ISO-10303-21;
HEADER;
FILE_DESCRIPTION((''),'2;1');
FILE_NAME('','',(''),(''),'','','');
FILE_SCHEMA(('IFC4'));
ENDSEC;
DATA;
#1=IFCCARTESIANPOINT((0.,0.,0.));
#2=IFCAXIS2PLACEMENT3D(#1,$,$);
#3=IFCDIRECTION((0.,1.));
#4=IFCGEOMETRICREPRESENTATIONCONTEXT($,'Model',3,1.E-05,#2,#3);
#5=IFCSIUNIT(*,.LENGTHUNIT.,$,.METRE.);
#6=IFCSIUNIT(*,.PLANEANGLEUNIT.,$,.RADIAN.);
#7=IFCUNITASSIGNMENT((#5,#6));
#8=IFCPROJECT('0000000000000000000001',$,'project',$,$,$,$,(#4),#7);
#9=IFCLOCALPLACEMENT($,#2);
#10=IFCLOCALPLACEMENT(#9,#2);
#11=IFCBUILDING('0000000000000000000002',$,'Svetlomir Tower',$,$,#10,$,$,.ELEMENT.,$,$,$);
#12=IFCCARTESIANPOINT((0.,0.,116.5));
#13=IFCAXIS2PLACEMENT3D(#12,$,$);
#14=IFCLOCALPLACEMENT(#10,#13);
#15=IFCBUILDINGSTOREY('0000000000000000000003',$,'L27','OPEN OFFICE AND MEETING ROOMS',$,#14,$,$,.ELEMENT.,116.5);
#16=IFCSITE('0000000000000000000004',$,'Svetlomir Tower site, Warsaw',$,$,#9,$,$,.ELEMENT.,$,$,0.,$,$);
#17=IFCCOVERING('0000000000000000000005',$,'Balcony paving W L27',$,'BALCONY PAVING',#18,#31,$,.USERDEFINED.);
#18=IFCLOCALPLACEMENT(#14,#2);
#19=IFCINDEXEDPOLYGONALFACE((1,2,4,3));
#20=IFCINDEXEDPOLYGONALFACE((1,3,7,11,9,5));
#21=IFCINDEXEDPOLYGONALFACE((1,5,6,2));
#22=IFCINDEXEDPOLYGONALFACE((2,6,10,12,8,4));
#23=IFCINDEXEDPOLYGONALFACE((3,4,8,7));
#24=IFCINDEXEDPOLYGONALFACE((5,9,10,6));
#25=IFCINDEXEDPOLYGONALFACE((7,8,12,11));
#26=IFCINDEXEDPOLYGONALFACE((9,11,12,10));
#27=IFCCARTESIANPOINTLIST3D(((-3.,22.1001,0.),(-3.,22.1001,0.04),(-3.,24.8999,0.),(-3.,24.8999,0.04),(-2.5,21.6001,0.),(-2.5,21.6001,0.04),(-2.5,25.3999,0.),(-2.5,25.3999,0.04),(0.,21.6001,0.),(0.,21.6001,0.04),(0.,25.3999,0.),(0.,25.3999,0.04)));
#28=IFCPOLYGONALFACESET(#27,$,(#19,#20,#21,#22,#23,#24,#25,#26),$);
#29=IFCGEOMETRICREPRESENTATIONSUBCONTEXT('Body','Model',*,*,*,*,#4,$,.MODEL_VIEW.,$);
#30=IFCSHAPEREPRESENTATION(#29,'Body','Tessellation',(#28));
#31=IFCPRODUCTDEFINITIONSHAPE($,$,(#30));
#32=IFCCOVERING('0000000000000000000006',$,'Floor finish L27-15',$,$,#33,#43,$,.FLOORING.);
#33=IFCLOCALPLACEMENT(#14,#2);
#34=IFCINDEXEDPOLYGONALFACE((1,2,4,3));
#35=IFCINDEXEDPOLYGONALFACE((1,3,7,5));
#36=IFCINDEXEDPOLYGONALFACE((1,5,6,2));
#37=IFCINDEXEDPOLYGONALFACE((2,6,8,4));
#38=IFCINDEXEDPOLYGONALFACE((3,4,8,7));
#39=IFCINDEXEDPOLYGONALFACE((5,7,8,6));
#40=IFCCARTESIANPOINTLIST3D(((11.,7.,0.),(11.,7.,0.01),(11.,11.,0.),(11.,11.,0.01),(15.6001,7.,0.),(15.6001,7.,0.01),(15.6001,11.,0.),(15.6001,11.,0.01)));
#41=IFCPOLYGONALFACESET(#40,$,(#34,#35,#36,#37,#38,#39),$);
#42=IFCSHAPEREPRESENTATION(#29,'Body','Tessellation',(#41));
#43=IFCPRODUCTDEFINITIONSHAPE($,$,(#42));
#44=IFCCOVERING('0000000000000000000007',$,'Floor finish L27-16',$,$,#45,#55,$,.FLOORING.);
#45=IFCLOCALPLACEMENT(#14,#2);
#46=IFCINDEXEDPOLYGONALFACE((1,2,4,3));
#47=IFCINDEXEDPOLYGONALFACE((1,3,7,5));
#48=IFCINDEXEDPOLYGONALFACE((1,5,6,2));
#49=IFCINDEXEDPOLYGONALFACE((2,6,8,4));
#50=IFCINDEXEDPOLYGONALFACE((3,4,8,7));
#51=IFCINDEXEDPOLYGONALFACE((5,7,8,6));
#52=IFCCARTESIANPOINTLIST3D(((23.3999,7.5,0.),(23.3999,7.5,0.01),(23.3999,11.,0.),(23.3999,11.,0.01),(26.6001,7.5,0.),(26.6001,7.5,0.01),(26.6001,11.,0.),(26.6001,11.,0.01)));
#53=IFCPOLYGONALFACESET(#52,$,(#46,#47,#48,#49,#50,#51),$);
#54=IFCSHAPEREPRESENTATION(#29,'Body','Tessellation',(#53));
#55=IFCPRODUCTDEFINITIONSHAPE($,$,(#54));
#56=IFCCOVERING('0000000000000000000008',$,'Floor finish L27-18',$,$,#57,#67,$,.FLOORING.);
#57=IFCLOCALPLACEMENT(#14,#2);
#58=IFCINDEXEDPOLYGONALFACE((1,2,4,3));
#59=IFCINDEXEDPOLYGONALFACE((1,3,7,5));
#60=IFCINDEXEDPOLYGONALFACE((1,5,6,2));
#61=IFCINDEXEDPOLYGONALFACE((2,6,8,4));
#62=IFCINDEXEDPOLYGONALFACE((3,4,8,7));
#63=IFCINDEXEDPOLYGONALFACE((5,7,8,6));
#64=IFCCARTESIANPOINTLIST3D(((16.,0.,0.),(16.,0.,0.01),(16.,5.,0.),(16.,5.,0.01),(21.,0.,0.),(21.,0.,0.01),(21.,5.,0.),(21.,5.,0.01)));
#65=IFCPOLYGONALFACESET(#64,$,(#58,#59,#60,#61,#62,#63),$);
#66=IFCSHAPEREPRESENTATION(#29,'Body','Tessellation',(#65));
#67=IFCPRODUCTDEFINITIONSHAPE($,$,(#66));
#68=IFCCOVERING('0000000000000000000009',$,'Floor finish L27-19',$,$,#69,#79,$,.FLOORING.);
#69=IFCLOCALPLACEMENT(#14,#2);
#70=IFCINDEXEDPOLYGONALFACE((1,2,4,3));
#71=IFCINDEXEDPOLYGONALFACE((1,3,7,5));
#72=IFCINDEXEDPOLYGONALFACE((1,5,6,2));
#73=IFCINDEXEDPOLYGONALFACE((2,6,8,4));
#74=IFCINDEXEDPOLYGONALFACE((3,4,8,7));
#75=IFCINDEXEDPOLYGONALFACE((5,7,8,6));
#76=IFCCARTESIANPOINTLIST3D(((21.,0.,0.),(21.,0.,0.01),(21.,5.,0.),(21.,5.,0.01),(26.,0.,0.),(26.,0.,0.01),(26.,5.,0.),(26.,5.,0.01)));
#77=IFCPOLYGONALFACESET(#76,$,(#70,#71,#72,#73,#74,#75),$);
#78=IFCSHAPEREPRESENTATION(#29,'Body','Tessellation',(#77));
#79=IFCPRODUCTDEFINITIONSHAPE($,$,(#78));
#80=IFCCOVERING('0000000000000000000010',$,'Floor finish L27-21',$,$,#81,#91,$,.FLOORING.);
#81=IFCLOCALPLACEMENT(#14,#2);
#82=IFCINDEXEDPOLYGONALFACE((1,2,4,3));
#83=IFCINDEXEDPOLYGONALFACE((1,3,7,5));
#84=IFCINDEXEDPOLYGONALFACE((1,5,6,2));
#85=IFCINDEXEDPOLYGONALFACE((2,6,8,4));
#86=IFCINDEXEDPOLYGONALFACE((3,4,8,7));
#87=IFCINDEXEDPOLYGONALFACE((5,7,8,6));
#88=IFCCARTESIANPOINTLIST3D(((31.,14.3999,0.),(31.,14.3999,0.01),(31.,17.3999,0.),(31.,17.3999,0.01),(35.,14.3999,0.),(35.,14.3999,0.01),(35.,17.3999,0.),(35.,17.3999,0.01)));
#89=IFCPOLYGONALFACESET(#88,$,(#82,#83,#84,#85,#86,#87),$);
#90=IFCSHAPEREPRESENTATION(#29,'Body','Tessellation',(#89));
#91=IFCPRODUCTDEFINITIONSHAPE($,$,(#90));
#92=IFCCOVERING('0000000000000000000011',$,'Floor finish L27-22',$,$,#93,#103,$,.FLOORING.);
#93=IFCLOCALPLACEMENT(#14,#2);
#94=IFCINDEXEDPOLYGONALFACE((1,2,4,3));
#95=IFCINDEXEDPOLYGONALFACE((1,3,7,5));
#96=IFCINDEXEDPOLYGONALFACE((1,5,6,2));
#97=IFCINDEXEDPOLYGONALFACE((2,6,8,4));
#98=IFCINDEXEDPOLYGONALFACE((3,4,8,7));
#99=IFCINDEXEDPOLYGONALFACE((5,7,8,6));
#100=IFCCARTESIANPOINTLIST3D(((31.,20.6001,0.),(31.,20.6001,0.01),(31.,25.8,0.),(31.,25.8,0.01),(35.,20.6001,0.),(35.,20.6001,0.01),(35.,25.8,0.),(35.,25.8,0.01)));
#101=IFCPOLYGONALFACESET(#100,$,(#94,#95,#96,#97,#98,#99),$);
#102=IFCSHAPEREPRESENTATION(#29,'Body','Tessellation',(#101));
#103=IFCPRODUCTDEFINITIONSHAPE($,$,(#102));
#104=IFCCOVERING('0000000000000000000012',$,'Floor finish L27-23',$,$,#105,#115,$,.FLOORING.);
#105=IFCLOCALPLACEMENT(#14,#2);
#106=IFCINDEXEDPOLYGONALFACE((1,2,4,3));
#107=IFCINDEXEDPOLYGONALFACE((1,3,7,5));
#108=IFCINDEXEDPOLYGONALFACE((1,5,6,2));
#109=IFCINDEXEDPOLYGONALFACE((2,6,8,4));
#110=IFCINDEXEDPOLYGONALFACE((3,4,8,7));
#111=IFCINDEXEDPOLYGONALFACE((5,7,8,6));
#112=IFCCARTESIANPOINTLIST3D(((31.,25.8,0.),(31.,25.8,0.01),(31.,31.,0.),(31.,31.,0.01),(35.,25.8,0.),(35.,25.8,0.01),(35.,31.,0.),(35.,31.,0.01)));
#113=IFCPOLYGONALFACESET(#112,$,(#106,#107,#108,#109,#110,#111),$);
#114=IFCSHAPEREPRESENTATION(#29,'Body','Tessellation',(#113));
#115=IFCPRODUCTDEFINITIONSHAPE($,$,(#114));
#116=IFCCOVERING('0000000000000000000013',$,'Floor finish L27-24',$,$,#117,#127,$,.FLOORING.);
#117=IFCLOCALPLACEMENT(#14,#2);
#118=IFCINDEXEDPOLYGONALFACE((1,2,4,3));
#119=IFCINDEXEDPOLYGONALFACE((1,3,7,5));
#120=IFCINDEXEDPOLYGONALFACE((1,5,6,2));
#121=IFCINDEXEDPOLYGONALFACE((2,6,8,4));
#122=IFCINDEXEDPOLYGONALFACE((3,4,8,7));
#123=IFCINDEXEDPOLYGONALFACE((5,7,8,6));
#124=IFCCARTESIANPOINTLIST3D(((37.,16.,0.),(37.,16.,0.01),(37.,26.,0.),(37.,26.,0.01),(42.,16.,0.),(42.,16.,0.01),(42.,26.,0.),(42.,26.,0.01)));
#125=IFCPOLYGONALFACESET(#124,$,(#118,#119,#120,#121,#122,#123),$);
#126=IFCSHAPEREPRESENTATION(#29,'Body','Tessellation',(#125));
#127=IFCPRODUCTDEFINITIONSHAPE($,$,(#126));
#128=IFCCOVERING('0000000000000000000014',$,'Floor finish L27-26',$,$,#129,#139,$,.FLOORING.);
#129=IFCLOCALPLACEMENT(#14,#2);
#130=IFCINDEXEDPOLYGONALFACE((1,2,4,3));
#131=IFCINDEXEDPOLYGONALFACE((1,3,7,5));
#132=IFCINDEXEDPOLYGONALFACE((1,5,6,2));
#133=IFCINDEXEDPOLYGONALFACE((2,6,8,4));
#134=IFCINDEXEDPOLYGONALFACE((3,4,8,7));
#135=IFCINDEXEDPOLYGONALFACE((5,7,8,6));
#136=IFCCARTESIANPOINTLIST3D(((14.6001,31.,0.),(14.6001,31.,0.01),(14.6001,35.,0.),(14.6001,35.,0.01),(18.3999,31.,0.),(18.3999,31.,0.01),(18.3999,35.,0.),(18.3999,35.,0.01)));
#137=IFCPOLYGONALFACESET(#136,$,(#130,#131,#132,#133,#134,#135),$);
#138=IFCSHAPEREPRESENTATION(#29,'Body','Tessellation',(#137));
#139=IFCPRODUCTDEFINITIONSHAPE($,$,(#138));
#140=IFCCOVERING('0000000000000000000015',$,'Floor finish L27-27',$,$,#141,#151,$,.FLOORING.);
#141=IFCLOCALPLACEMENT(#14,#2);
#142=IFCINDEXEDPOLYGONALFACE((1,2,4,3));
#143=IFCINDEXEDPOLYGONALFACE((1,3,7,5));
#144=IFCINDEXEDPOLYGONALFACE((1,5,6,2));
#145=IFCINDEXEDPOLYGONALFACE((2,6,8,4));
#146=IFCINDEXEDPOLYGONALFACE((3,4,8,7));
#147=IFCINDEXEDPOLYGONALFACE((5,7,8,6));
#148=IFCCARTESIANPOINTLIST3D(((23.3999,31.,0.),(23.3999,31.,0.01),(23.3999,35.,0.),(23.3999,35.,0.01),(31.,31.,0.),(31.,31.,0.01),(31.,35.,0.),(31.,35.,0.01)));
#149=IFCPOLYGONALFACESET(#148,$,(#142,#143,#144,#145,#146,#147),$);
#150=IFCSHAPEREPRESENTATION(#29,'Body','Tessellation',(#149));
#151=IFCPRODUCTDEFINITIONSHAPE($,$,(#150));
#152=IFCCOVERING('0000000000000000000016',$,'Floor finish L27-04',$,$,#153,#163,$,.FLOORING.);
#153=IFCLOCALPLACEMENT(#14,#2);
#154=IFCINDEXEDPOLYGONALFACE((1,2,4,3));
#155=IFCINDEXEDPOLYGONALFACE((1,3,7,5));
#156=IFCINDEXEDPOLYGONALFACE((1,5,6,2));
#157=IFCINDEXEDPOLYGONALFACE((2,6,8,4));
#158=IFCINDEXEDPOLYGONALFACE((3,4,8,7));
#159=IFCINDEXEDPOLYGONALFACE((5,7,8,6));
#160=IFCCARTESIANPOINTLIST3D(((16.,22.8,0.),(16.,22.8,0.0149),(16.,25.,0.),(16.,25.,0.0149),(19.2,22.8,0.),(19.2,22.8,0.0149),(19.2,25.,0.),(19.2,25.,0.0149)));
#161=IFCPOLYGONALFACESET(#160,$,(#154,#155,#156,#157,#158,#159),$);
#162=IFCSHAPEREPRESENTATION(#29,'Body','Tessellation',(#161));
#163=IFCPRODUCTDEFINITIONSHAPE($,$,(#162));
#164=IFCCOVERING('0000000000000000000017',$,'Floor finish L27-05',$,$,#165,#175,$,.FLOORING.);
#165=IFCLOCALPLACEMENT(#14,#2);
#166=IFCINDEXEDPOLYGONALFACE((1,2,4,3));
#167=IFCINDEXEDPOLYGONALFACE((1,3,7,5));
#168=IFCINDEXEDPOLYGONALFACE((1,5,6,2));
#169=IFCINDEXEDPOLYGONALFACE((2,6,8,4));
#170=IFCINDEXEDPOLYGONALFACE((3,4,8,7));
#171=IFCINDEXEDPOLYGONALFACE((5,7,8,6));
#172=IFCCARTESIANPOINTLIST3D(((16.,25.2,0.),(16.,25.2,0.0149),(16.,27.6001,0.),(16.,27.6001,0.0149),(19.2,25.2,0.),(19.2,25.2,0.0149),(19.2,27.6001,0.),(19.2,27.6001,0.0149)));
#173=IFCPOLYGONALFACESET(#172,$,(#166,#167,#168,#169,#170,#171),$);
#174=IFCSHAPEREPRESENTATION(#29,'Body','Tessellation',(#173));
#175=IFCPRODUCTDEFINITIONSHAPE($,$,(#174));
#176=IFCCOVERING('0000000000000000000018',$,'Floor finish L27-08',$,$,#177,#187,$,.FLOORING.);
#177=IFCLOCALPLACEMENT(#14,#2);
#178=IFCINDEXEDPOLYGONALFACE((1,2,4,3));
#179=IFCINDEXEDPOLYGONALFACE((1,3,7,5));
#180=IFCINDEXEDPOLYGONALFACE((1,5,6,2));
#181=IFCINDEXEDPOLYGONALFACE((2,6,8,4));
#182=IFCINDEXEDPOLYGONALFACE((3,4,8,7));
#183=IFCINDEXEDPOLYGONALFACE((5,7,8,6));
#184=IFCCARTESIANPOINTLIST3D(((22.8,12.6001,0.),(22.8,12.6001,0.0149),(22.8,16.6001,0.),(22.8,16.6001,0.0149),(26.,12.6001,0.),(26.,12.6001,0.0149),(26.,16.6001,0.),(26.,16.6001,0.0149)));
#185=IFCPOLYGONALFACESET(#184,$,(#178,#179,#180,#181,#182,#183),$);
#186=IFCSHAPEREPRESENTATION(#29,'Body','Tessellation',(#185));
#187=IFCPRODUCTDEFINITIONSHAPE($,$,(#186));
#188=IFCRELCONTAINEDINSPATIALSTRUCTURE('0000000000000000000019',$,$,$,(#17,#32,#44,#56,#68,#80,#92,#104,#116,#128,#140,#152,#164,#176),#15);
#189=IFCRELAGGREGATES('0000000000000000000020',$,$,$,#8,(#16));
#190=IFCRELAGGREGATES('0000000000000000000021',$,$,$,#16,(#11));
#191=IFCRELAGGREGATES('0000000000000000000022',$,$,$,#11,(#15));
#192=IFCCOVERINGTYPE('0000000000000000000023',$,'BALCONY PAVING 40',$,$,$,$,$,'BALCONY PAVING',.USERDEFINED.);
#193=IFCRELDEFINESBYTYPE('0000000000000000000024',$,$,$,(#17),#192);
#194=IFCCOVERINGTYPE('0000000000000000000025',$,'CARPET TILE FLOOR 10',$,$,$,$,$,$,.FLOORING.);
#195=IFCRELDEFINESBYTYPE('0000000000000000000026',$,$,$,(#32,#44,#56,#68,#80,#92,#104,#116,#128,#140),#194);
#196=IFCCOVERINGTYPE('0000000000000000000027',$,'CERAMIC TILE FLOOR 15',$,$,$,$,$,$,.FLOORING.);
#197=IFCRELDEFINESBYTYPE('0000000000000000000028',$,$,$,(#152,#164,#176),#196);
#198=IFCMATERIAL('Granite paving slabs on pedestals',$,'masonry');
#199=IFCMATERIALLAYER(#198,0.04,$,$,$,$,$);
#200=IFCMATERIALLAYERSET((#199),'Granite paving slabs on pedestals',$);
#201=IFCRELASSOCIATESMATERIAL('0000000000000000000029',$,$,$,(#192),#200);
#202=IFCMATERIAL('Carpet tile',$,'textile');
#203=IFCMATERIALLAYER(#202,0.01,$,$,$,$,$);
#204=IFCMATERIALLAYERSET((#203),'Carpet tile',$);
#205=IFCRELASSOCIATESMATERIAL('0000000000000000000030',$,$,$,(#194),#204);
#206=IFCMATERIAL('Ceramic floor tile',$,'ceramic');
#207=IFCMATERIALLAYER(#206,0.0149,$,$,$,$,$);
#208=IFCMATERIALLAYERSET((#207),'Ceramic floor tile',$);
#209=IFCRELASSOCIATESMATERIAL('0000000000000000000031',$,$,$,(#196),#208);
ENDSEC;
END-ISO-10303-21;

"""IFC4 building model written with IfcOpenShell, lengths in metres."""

from ifc_helpers import new_model, si_unit, direction, frame, origin, place, context, subcontext, project, spatial, polyline, outline, extrude, material, layer, layer_set, type_object, element, save


model = new_model("IFC4")

# Units and contexts
model_context = context("Model", 3, precision=1e-05, world=origin(), true_north=direction((0.0, 1.0)))
body_context = subcontext(model_context, "Body", "Model", "MODEL_VIEW")
ifc_project = project(units=[si_unit("LENGTHUNIT", "METRE"), si_unit("PLANEANGLEUNIT", "RADIAN")], contexts=[model_context])

# Site, building, storey
site_placement = place(None, origin())
site = spatial("IfcSite", under=ifc_project, at=site_placement, Name="Svetlomir Tower site, Warsaw", CompositionType="ELEMENT", RefElevation=0.0)
building_placement = place(site_placement, origin())
building = spatial("IfcBuilding", under=site, at=building_placement, Name="Svetlomir Tower", CompositionType="ELEMENT")
storey_placement = place(building_placement, frame((0.0, 0.0, 116.5)))
storey = spatial("IfcBuildingStorey", under=building, at=storey_placement, Name="L27", Description="OPEN OFFICE AND MEETING ROOMS", CompositionType="ELEMENT", Elevation=116.5)

# Coverings
ifc_material_1 = material(Name="Granite paving slabs on pedestals", Category="masonry")
ifc_layer_1 = layer(ifc_material_1, 0.04)
ifc_layer_set_1 = layer_set([ifc_layer_1], Name="Granite paving slabs on pedestals")
covering_type_1 = type_object("IfcCoveringType", Name="BALCONY PAVING 40", ElementType="BALCONY PAVING", PredefinedType="USERDEFINED", material=ifc_layer_set_1)
covering_1_placement = place(storey_placement, origin())
element("IfcCovering", 1, at=covering_1_placement, inside=storey, type_object=covering_type_1, Name="Balcony paving W L27", ObjectType="BALCONY PAVING", PredefinedType="USERDEFINED", context=body_context, shape_type="SweptSolid", body=[
    extrude(outline(polyline([(-2.5, 21.6001), (0.0, 21.6001), (0.0, 25.3999), (-2.5, 25.3999), (-3.0, 24.8999), (-3.0, 22.1001), (-2.5, 21.6001)])), origin(), (0.0, 0.0, 1.0), 0.04),
])
ifc_material_2 = material(Name="Carpet tile", Category="textile")
ifc_layer_2 = layer(ifc_material_2, 0.01)
ifc_layer_set_2 = layer_set([ifc_layer_2], Name="Carpet tile")
covering_type_2 = type_object("IfcCoveringType", Name="CARPET TILE FLOOR 10", PredefinedType="FLOORING", material=ifc_layer_set_2)
covering_2_placement = place(storey_placement, origin())
element("IfcCovering", 2, at=covering_2_placement, inside=storey, type_object=covering_type_2, Name="Floor finish L27-15", PredefinedType="FLOORING", context=body_context, shape_type="SweptSolid", body=[
    extrude(outline(polyline([(11.0, 7.0), (15.6001, 7.0), (15.6001, 11.0), (11.0, 11.0), (11.0, 7.0)])), origin(), (0.0, 0.0, 1.0), 0.01),
])
covering_3_placement = place(storey_placement, origin())
element("IfcCovering", 3, at=covering_3_placement, inside=storey, type_object=covering_type_2, Name="Floor finish L27-16", PredefinedType="FLOORING", context=body_context, shape_type="SweptSolid", body=[
    extrude(outline(polyline([(23.3999, 7.5), (26.6001, 7.5), (26.6001, 11.0), (23.3999, 11.0), (23.3999, 7.5)])), origin(), (0.0, 0.0, 1.0), 0.01),
])
covering_4_placement = place(storey_placement, origin())
element("IfcCovering", 4, at=covering_4_placement, inside=storey, type_object=covering_type_2, Name="Floor finish L27-18", PredefinedType="FLOORING", context=body_context, shape_type="SweptSolid", body=[
    extrude(outline(polyline([(16.0, 0.0), (21.0, 0.0), (21.0, 5.0), (16.0, 5.0), (16.0, 0.0)])), origin(), (0.0, 0.0, 1.0), 0.01),
])
covering_5_placement = place(storey_placement, origin())
element("IfcCovering", 5, at=covering_5_placement, inside=storey, type_object=covering_type_2, Name="Floor finish L27-19", PredefinedType="FLOORING", context=body_context, shape_type="SweptSolid", body=[
    extrude(outline(polyline([(21.0, 0.0), (26.0, 0.0), (26.0, 5.0), (21.0, 5.0), (21.0, 0.0)])), origin(), (0.0, 0.0, 1.0), 0.01),
])
covering_6_placement = place(storey_placement, origin())
element("IfcCovering", 6, at=covering_6_placement, inside=storey, type_object=covering_type_2, Name="Floor finish L27-21", PredefinedType="FLOORING", context=body_context, shape_type="SweptSolid", body=[
    extrude(outline(polyline([(31.0, 14.3999), (35.0, 14.3999), (35.0, 17.3999), (31.0, 17.3999), (31.0, 14.3999)])), origin(), (0.0, 0.0, 1.0), 0.01),
])
covering_7_placement = place(storey_placement, origin())
element("IfcCovering", 7, at=covering_7_placement, inside=storey, type_object=covering_type_2, Name="Floor finish L27-22", PredefinedType="FLOORING", context=body_context, shape_type="SweptSolid", body=[
    extrude(outline(polyline([(31.0, 20.6001), (35.0, 20.6001), (35.0, 25.8), (31.0, 25.8), (31.0, 20.6001)])), origin(), (0.0, 0.0, 1.0), 0.01),
])
covering_8_placement = place(storey_placement, origin())
element("IfcCovering", 8, at=covering_8_placement, inside=storey, type_object=covering_type_2, Name="Floor finish L27-23", PredefinedType="FLOORING", context=body_context, shape_type="SweptSolid", body=[
    extrude(outline(polyline([(31.0, 25.8), (35.0, 25.8), (35.0, 31.0), (31.0, 31.0), (31.0, 25.8)])), origin(), (0.0, 0.0, 1.0), 0.01),
])
covering_9_placement = place(storey_placement, origin())
element("IfcCovering", 9, at=covering_9_placement, inside=storey, type_object=covering_type_2, Name="Floor finish L27-24", PredefinedType="FLOORING", context=body_context, shape_type="SweptSolid", body=[
    extrude(outline(polyline([(37.0, 16.0), (42.0, 16.0), (42.0, 26.0), (37.0, 26.0), (37.0, 16.0)])), origin(), (0.0, 0.0, 1.0), 0.01),
])
covering_10_placement = place(storey_placement, origin())
element("IfcCovering", 10, at=covering_10_placement, inside=storey, type_object=covering_type_2, Name="Floor finish L27-26", PredefinedType="FLOORING", context=body_context, shape_type="SweptSolid", body=[
    extrude(outline(polyline([(14.6001, 31.0), (18.3999, 31.0), (18.3999, 35.0), (14.6001, 35.0), (14.6001, 31.0)])), origin(), (0.0, 0.0, 1.0), 0.01),
])
covering_11_placement = place(storey_placement, origin())
element("IfcCovering", 11, at=covering_11_placement, inside=storey, type_object=covering_type_2, Name="Floor finish L27-27", PredefinedType="FLOORING", context=body_context, shape_type="SweptSolid", body=[
    extrude(outline(polyline([(23.3999, 31.0), (31.0, 31.0), (31.0, 35.0), (23.3999, 35.0), (23.3999, 31.0)])), origin(), (0.0, 0.0, 1.0), 0.01),
])
ifc_material_3 = material(Name="Ceramic floor tile", Category="ceramic")
ifc_layer_3 = layer(ifc_material_3, 0.0149)
ifc_layer_set_3 = layer_set([ifc_layer_3], Name="Ceramic floor tile")
covering_type_3 = type_object("IfcCoveringType", Name="CERAMIC TILE FLOOR 15", PredefinedType="FLOORING", material=ifc_layer_set_3)
covering_12_placement = place(storey_placement, origin())
element("IfcCovering", 12, at=covering_12_placement, inside=storey, type_object=covering_type_3, Name="Floor finish L27-04", PredefinedType="FLOORING", context=body_context, shape_type="SweptSolid", body=[
    extrude(outline(polyline([(16.0, 22.8), (19.2, 22.8), (19.2, 25.0), (16.0, 25.0), (16.0, 22.8)])), origin(), (0.0, 0.0, 1.0), 0.0149),
])
covering_13_placement = place(storey_placement, origin())
element("IfcCovering", 13, at=covering_13_placement, inside=storey, type_object=covering_type_3, Name="Floor finish L27-05", PredefinedType="FLOORING", context=body_context, shape_type="SweptSolid", body=[
    extrude(outline(polyline([(16.0, 25.2), (19.2, 25.2), (19.2, 27.6001), (16.0, 27.6001), (16.0, 25.2)])), origin(), (0.0, 0.0, 1.0), 0.0149),
])
covering_14_placement = place(storey_placement, origin())
element("IfcCovering", 14, at=covering_14_placement, inside=storey, type_object=covering_type_3, Name="Floor finish L27-08", PredefinedType="FLOORING", context=body_context, shape_type="SweptSolid", body=[
    extrude(outline(polyline([(22.8, 12.6001), (26.0, 12.6001), (26.0, 16.6001), (22.8, 16.6001), (22.8, 12.6001)])), origin(), (0.0, 0.0, 1.0), 0.0149),
])

save(model, "model.ifc")
